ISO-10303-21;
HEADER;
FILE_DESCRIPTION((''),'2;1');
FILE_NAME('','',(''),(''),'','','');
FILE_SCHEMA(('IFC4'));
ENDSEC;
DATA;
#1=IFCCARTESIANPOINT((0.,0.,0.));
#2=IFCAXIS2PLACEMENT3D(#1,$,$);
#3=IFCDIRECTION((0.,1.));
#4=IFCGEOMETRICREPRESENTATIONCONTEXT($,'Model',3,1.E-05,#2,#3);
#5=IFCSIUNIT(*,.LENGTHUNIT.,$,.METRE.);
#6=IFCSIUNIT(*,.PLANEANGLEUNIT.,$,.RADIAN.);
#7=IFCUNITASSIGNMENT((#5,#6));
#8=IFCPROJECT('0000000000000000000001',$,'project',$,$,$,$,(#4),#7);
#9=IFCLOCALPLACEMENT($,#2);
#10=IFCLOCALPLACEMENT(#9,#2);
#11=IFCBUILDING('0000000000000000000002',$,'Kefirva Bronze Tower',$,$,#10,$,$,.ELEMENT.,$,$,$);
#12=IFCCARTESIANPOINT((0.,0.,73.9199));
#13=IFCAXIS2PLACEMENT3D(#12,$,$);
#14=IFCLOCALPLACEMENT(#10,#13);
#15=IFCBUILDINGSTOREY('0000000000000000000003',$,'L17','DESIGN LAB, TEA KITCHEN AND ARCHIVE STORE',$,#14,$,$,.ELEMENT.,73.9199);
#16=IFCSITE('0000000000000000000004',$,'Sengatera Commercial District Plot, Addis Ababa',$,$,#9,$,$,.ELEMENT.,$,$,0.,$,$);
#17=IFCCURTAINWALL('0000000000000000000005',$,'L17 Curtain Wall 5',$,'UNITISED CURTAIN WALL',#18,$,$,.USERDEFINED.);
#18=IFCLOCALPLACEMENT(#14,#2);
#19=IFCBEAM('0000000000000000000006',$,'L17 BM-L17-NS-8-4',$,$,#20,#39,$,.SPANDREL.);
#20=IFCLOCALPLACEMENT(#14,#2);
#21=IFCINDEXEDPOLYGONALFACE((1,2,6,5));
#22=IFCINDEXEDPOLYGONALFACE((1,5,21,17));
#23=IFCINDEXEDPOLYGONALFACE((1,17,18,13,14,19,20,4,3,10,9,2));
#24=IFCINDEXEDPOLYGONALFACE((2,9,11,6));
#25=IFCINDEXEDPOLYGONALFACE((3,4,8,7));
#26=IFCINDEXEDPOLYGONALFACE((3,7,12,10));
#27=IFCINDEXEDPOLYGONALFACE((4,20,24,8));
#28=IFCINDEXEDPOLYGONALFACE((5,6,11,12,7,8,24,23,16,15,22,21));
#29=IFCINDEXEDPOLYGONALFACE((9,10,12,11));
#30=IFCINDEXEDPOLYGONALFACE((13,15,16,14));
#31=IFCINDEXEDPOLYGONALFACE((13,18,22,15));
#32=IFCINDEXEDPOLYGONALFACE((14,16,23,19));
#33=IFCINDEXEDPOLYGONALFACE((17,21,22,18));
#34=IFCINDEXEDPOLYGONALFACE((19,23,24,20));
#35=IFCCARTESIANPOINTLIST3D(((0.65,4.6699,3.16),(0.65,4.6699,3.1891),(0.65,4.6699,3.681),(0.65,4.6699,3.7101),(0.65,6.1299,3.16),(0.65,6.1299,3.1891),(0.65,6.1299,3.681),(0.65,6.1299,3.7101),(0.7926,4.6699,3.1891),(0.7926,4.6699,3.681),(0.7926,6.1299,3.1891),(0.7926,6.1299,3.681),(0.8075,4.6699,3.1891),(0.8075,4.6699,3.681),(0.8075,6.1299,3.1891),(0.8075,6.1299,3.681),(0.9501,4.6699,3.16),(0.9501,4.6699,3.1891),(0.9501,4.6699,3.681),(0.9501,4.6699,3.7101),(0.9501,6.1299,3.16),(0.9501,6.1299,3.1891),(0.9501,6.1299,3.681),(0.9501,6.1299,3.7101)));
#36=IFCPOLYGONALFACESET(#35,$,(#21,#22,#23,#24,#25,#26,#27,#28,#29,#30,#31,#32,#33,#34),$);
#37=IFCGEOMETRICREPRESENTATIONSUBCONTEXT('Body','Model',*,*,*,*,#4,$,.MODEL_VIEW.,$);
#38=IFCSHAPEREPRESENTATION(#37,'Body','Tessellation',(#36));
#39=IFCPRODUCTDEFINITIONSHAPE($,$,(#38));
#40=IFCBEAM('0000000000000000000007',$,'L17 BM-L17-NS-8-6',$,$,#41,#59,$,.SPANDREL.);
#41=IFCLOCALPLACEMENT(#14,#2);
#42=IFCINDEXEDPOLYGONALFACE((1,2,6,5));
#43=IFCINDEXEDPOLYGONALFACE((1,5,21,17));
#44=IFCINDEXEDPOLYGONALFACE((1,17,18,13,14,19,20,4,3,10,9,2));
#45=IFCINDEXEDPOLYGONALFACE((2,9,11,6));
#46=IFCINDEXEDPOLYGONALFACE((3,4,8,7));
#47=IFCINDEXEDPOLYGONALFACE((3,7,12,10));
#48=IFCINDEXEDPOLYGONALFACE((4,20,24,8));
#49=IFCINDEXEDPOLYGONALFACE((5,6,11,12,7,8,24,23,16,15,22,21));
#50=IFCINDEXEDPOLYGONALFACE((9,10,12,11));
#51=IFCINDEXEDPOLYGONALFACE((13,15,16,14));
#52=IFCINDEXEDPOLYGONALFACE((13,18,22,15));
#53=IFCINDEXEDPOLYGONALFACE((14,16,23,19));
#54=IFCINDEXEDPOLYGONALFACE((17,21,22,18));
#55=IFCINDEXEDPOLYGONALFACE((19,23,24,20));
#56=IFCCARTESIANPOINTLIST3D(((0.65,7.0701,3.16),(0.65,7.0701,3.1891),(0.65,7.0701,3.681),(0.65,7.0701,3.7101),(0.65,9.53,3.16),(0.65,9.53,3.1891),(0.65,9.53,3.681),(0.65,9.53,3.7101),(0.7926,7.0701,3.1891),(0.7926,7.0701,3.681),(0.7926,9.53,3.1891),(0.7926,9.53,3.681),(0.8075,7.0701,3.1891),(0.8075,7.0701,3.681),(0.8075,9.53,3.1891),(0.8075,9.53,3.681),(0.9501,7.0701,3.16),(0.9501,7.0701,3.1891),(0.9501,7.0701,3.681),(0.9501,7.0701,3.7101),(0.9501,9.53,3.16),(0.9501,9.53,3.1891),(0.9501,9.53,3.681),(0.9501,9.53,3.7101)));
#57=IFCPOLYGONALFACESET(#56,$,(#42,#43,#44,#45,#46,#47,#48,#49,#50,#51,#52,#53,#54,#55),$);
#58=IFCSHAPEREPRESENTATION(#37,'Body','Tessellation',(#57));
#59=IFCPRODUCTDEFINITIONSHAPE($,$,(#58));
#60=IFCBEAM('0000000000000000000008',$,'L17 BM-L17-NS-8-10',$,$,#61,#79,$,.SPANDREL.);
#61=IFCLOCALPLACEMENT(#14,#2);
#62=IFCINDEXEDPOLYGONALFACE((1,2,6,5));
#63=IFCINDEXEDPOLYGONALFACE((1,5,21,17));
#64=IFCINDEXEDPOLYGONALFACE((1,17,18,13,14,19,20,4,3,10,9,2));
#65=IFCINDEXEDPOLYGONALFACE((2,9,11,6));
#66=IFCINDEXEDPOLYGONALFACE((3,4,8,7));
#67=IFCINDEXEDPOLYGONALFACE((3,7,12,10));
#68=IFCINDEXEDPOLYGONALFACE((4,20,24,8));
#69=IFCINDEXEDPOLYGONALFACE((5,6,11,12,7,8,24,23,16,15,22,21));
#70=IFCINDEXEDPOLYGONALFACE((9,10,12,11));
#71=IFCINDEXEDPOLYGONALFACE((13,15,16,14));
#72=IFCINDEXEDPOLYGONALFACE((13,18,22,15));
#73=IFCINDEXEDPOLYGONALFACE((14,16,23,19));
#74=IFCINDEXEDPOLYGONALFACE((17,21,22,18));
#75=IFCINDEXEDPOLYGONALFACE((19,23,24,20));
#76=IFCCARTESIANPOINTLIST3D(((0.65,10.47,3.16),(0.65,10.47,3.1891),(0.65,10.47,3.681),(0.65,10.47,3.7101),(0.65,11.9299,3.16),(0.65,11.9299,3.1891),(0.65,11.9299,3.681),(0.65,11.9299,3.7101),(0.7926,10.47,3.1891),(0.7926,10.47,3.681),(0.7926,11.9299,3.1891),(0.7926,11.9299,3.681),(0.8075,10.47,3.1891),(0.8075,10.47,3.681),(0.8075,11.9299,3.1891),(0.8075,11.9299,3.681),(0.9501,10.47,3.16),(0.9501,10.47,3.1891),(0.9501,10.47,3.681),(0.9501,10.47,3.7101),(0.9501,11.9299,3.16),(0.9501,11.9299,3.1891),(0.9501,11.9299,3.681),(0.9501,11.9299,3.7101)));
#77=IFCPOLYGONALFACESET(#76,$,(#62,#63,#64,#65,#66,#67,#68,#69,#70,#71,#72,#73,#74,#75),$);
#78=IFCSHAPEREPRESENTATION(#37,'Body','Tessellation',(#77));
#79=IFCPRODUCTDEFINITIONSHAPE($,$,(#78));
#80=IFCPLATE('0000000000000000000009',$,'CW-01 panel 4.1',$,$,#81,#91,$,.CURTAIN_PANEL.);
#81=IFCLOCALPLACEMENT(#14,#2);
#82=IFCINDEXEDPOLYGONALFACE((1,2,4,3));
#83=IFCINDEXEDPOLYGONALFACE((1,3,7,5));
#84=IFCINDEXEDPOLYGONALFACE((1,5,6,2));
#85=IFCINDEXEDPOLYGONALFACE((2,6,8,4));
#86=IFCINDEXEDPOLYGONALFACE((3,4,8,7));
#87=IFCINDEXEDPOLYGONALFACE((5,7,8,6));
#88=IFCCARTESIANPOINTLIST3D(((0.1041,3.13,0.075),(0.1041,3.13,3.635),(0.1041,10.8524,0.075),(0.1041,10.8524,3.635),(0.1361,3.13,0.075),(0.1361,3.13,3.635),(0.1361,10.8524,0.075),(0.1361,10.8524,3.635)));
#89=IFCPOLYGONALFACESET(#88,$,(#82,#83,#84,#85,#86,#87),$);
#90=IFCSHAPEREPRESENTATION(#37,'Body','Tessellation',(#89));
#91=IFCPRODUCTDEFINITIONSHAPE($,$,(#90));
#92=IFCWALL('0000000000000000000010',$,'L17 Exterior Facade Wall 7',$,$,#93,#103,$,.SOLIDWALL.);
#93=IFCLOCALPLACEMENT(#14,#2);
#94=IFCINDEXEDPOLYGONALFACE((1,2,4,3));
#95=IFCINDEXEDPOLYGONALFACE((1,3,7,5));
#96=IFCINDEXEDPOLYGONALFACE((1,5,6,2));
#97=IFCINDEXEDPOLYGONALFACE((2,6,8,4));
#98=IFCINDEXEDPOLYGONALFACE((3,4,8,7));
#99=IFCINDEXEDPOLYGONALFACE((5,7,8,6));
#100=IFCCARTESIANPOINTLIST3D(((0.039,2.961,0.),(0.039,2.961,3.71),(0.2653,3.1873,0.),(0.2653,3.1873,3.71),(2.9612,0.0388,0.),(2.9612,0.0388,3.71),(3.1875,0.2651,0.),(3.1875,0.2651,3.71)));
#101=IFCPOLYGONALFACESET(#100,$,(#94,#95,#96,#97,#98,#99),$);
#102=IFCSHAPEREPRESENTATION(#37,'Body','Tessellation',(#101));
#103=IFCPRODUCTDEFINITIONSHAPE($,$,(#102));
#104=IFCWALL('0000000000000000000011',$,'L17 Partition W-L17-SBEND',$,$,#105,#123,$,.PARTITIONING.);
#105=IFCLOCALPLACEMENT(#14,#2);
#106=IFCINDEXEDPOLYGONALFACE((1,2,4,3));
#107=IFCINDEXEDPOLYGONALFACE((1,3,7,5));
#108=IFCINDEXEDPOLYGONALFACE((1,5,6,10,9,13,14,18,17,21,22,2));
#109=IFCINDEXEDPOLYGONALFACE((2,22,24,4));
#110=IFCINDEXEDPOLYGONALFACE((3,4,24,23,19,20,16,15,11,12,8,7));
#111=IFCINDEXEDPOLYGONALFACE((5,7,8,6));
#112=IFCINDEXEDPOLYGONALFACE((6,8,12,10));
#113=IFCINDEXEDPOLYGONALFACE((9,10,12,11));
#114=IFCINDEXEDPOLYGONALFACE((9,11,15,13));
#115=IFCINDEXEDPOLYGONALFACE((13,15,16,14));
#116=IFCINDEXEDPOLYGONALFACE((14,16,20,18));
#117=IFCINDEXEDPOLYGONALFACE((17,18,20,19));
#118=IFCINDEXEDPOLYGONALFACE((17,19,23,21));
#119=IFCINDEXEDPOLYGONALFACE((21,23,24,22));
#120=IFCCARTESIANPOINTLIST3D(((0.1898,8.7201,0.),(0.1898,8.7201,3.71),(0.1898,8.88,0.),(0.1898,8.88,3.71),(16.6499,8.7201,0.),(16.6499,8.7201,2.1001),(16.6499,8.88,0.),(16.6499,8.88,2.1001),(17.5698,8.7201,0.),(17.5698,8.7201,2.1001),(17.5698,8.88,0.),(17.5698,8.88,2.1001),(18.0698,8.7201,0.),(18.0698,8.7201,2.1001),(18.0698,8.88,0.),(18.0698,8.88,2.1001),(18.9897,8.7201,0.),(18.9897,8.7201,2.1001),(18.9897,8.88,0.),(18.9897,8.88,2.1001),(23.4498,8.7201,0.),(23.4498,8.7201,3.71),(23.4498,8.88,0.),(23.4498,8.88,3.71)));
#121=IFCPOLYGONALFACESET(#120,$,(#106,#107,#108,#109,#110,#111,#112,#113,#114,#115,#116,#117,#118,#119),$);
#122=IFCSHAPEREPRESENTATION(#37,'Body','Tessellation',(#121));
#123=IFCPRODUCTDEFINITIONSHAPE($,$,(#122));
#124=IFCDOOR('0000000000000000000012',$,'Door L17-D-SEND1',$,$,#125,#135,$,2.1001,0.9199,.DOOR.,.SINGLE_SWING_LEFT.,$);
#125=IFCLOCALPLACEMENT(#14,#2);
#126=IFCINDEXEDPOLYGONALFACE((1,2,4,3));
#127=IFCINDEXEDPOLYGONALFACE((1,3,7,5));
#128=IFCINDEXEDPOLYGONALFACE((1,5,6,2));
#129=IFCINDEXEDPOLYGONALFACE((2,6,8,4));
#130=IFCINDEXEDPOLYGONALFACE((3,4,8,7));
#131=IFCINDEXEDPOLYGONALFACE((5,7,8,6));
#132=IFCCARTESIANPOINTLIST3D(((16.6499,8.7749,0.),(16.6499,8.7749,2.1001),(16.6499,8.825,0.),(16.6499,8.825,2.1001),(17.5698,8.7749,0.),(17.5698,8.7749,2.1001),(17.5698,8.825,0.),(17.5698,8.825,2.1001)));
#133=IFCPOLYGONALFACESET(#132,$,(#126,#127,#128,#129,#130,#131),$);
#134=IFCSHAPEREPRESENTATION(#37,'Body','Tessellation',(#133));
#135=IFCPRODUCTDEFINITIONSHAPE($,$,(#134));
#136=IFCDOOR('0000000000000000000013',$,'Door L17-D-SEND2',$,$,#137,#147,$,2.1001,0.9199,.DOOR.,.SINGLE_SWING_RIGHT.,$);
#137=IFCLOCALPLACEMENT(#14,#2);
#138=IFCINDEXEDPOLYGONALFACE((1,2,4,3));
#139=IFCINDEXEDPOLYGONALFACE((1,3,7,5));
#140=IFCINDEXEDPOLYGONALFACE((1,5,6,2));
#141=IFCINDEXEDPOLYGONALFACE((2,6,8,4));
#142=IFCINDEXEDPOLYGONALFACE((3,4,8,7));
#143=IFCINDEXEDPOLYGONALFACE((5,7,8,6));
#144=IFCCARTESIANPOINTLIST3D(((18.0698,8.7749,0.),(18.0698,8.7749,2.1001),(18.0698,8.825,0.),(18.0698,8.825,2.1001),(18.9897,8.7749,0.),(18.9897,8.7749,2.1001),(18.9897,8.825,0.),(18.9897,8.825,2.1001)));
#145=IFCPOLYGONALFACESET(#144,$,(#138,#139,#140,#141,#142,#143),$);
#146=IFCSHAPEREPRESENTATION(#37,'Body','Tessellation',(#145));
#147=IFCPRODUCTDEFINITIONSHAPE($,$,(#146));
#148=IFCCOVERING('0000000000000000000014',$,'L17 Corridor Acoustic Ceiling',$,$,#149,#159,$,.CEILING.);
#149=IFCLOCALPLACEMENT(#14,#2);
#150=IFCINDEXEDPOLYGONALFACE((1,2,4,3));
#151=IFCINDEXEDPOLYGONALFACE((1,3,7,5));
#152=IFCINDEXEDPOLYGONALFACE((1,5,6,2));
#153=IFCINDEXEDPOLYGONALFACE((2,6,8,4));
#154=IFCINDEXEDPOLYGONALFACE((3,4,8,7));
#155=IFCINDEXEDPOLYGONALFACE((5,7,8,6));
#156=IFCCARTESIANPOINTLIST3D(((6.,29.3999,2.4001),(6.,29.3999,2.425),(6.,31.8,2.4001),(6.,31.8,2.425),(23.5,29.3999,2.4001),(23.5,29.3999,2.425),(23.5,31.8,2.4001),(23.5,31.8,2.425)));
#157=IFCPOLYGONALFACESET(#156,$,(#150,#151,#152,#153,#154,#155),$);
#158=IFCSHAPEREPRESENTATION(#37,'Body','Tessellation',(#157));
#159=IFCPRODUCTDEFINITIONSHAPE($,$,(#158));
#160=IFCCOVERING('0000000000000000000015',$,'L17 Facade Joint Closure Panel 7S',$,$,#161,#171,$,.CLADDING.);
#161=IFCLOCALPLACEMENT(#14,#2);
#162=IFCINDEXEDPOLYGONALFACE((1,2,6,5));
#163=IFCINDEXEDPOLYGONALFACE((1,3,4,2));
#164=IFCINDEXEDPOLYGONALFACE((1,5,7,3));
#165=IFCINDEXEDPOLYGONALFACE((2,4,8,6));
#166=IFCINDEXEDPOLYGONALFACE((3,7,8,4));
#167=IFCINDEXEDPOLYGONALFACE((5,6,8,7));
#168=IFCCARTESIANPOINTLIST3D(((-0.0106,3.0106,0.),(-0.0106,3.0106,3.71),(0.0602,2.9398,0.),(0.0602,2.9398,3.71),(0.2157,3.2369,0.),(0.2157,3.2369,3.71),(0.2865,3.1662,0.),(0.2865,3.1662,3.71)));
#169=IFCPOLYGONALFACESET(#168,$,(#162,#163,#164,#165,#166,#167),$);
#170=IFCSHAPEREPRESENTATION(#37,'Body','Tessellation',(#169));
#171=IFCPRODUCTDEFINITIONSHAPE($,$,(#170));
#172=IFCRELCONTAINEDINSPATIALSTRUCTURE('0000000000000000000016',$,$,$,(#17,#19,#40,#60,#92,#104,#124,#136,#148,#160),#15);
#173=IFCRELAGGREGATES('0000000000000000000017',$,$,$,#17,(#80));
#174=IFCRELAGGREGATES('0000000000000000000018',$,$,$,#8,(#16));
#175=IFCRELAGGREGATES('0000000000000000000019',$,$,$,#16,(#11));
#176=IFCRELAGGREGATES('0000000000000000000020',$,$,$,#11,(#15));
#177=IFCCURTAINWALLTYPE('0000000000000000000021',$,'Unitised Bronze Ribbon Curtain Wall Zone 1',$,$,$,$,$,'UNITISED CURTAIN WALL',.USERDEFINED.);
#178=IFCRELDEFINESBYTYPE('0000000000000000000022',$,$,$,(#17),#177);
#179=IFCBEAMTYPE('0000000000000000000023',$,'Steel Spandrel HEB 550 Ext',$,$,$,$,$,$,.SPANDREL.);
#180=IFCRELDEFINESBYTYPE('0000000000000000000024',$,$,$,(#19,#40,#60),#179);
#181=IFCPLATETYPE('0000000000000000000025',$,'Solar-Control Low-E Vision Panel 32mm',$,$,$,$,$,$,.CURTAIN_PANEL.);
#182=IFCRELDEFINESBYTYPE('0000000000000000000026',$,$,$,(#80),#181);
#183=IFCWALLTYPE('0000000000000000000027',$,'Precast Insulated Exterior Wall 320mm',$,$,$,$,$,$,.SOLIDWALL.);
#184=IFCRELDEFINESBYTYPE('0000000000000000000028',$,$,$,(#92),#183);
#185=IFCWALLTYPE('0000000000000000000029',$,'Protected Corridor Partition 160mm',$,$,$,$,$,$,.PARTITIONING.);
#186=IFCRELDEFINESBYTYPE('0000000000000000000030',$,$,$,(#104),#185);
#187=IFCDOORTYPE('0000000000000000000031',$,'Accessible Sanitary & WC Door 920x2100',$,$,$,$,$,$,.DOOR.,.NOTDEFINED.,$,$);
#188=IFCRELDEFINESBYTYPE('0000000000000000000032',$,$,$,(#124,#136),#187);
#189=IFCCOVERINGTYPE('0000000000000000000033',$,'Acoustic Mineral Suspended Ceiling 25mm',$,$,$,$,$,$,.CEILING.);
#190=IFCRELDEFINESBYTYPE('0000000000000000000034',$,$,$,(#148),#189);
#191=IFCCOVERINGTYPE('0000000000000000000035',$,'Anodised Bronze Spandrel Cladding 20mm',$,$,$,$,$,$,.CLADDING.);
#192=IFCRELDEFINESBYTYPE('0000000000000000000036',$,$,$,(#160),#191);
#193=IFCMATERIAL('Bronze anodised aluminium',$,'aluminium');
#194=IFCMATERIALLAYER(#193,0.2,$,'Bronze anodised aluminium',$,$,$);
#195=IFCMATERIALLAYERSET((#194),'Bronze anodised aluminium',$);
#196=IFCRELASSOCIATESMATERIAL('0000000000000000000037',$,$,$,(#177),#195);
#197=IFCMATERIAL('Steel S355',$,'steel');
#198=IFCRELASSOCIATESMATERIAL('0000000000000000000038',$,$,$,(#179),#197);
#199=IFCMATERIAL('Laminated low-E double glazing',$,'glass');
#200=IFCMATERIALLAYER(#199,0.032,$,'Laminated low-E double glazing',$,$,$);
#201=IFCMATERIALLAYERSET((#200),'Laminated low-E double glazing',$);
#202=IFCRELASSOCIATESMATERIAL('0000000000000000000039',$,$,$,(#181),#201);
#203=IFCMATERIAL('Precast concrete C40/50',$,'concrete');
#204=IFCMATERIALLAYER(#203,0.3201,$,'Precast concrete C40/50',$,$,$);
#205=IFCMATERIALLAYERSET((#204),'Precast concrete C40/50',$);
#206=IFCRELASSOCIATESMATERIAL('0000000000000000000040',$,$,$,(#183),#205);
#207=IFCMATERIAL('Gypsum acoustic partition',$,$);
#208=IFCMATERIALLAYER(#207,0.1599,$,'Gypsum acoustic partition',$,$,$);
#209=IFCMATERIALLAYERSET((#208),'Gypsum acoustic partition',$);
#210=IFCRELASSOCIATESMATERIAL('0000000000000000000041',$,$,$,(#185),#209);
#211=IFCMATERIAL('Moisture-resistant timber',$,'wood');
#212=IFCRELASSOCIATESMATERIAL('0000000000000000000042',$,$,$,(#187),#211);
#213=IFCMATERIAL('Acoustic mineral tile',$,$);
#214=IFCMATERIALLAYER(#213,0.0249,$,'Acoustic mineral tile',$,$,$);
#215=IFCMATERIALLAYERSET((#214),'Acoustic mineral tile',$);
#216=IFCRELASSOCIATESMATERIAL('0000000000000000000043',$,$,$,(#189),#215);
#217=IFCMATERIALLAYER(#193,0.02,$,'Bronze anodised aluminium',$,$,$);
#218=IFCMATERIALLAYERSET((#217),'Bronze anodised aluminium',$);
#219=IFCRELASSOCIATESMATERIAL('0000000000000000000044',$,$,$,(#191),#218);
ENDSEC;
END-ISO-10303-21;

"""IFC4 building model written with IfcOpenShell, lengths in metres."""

from ifc_helpers import new_model, si_unit, direction, frame, frame_2d, origin, origin_2d, place, context, subcontext, project, spatial, polyline, rectangle, i_section, outline, extrude, material, layer, layer_set, material_profile, profile_set, type_object, element, fill, aggregate, save


model = new_model("IFC4")

# Units and contexts
model_context = context("Model", 3, precision=1e-05, world=origin(), true_north=direction((0.0, 1.0)))
body_context = subcontext(model_context, "Body", "Model", "MODEL_VIEW")
ifc_project = project(units=[si_unit("LENGTHUNIT", "METRE"), si_unit("PLANEANGLEUNIT", "RADIAN")], contexts=[model_context])

# Site, building, storey
site_placement = place(None, origin())
site = spatial("IfcSite", under=ifc_project, at=site_placement, Name="Sengatera Commercial District Plot, Addis Ababa", CompositionType="ELEMENT", RefElevation=0.0)
building_placement = place(site_placement, origin())
building = spatial("IfcBuilding", under=site, at=building_placement, Name="Kefirva Bronze Tower", CompositionType="ELEMENT")
storey_placement = place(building_placement, frame((0.0, 0.0, 73.9199)))
storey = spatial("IfcBuildingStorey", under=building, at=storey_placement, Name="L17", Description="DESIGN LAB, TEA KITCHEN AND ARCHIVE STORE", CompositionType="ELEMENT", Elevation=73.9199)

# Curtain wall
ifc_material_1 = material(Name="Bronze anodised aluminium", Category="aluminium")
ifc_layer_1 = layer(ifc_material_1, 0.2, Name="Bronze anodised aluminium")
ifc_layer_set_1 = layer_set([ifc_layer_1], Name="Bronze anodised aluminium")
curtain_wall_type = type_object("IfcCurtainWallType", Name="Unitised Bronze Ribbon Curtain Wall Zone 1", ElementType="UNITISED CURTAIN WALL", PredefinedType="USERDEFINED", material=ifc_layer_set_1)
curtain_wall_placement = place(storey_placement, origin())
curtain_wall = element("IfcCurtainWall", 1, at=curtain_wall_placement, inside=storey, type_object=curtain_wall_type, Name="L17 Curtain Wall 5", ObjectType="UNITISED CURTAIN WALL", PredefinedType="USERDEFINED")

# Beams
ifc_material_2 = material(Name="Steel S355", Category="steel")
ifc_material_profile_1 = material_profile(ifc_material_2, i_section(OverallWidth=0.3, OverallDepth=0.55, WebThickness=0.0149, FlangeThickness=0.0291, at=origin_2d()), Name="HEB 550")
ifc_profile_set_1 = profile_set([ifc_material_profile_1], Name="Steel S355")
beam_type_1 = type_object("IfcBeamType", Name="Steel Spandrel HEB 550 Ext", PredefinedType="SPANDREL", material=ifc_profile_set_1)
beam_1_placement = place(storey_placement, frame((0.8, 4.6699, 3.4351), z_axis=(0.0, 1.0, 0.0), x_axis=(-1.0, 0.0, 0.0)))
element("IfcBeam", 2, at=beam_1_placement, inside=storey, type_object=beam_type_1, Name="L17 BM-L17-NS-8-4", PredefinedType="SPANDREL", context=body_context, shape_type="SweptSolid", body=[
    extrude(i_section(OverallWidth=0.3, OverallDepth=0.55, WebThickness=0.0149, FlangeThickness=0.0291, at=origin_2d()), origin(), (0.0, 0.0, 1.0), 1.46),
])
beam_2_placement = place(storey_placement, frame((0.8, 7.0701, 3.4351), z_axis=(0.0, 1.0, 0.0), x_axis=(-1.0, 0.0, 0.0)))
element("IfcBeam", 3, at=beam_2_placement, inside=storey, type_object=beam_type_1, Name="L17 BM-L17-NS-8-6", PredefinedType="SPANDREL", context=body_context, shape_type="SweptSolid", body=[
    extrude(i_section(OverallWidth=0.3, OverallDepth=0.55, WebThickness=0.0149, FlangeThickness=0.0291, at=origin_2d()), origin(), (0.0, 0.0, 1.0), 2.46),
])
beam_3_placement = place(storey_placement, frame((0.8, 10.47, 3.4351), z_axis=(0.0, 1.0, 0.0), x_axis=(-1.0, 0.0, 0.0)))
element("IfcBeam", 4, at=beam_3_placement, inside=storey, type_object=beam_type_1, Name="L17 BM-L17-NS-8-10", PredefinedType="SPANDREL", context=body_context, shape_type="SweptSolid", body=[
    extrude(i_section(OverallWidth=0.3, OverallDepth=0.55, WebThickness=0.0149, FlangeThickness=0.0291, at=origin_2d()), origin(), (0.0, 0.0, 1.0), 1.46),
])

# Plate
ifc_material_3 = material(Name="Laminated low-E double glazing", Category="glass")
ifc_layer_2 = layer(ifc_material_3, 0.032, Name="Laminated low-E double glazing")
ifc_layer_set_2 = layer_set([ifc_layer_2], Name="Laminated low-E double glazing")
plate_type = type_object("IfcPlateType", Name="Solar-Control Low-E Vision Panel 32mm", PredefinedType="CURTAIN_PANEL", material=ifc_layer_set_2)
plate_placement = place(storey_placement, frame((0.1201, 6.9912, 0.075), z_axis=(0.0, 0.0, 1.0), x_axis=(0.0, -1.0, 0.0)))
plate = element("IfcPlate", 5, at=plate_placement, type_object=plate_type, Name="CW-01 panel 4.1", PredefinedType="CURTAIN_PANEL", context=body_context, shape_type="SweptSolid", body=[
    extrude(rectangle(XDim=7.7224, YDim=0.032, at=origin_2d()), origin(), (0.0, 0.0, 1.0), 3.5601),
])
aggregate(curtain_wall, [plate])

# Wall
ifc_material_4 = material(Name="Precast concrete C40/50", Category="concrete")
ifc_layer_3 = layer(ifc_material_4, 0.3201, Name="Precast concrete C40/50")
ifc_layer_set_3 = layer_set([ifc_layer_3], Name="Precast concrete C40/50")
wall_type_1 = type_object("IfcWallType", Name="Precast Insulated Exterior Wall 320mm", PredefinedType="SOLIDWALL", material=ifc_layer_set_3)
wall_1_placement = place(storey_placement, frame((0.1521, 3.0742, 0.0), z_axis=(0.0, 0.0, 1.0), x_axis=(0.707107, -0.707107, 0.0)))
element("IfcWall", 6, at=wall_1_placement, inside=storey, type_object=wall_type_1, Name="L17 Exterior Facade Wall 7", PredefinedType="SOLIDWALL", context=body_context, shape_type="SweptSolid", body=[
    extrude(rectangle(XDim=4.1326, YDim=0.3201, at=frame_2d((2.0664, 0.0))), origin(), (0.0, 0.0, 1.0), 3.71),
])

# Wall, openings, doors
ifc_material_5 = material(Name="Gypsum acoustic partition")
ifc_layer_4 = layer(ifc_material_5, 0.1599, Name="Gypsum acoustic partition")
ifc_layer_set_4 = layer_set([ifc_layer_4], Name="Gypsum acoustic partition")
wall_type_2 = type_object("IfcWallType", Name="Protected Corridor Partition 160mm", PredefinedType="PARTITIONING", material=ifc_layer_set_4)
wall_2_placement = place(storey_placement, frame((0.1899, 8.8, 0.0), z_axis=(0.0, 0.0, 1.0), x_axis=(1.0, 0.0, 0.0)))
wall_2 = element("IfcWall", 7, at=wall_2_placement, inside=storey, type_object=wall_type_2, Name="L17 Partition W-L17-SBEND", PredefinedType="PARTITIONING", context=body_context, shape_type="SweptSolid", body=[
    extrude(rectangle(XDim=23.26, YDim=0.1599, at=frame_2d((11.6299, 0.0))), origin(), (0.0, 0.0, 1.0), 3.71),
])
opening_1_placement = place(wall_2_placement, frame((16.46, 0.0, 0.0)))
opening_1 = element("IfcOpeningElement", 8, at=opening_1_placement, cuts=wall_2, PredefinedType="OPENING", context=body_context, shape_type="SweptSolid", body=[
    extrude(rectangle(XDim=0.9199, YDim=2.1001, at=frame_2d((0.46, 1.05))), frame((0.0, 0.0898, 0.0), z_axis=(0.0, -1.0, 0.0), x_axis=(1.0, 0.0, 0.0)), (0.0, 0.0, 1.0), 0.1799),
])
opening_2_placement = place(wall_2_placement, frame((17.8799, 0.0, 0.0)))
opening_2 = element("IfcOpeningElement", 9, at=opening_2_placement, cuts=wall_2, PredefinedType="OPENING", context=body_context, shape_type="SweptSolid", body=[
    extrude(rectangle(XDim=0.9199, YDim=2.1001, at=frame_2d((0.46, 1.05))), frame((0.0, 0.0898, 0.0), z_axis=(0.0, -1.0, 0.0), x_axis=(1.0, 0.0, 0.0)), (0.0, 0.0, 1.0), 0.1799),
])
ifc_material_6 = material(Name="Moisture-resistant timber", Category="wood")
door_type = type_object("IfcDoorType", Name="Accessible Sanitary & WC Door 920x2100", OperationType="NOTDEFINED", PredefinedType="DOOR", material=ifc_material_6)
door_1_placement = place(opening_1_placement, origin())
door_1 = element("IfcDoor", 10, at=door_1_placement, inside=storey, type_object=door_type, Name="Door L17-D-SEND1", OperationType="SINGLE_SWING_LEFT", OverallHeight=2.1001, OverallWidth=0.9199, PredefinedType="DOOR", context=body_context, shape_type="SweptSolid", body=[
    extrude(rectangle(XDim=0.9199, YDim=2.1001, at=frame_2d((0.46, 1.05))), frame((0.0, 0.0249, 0.0), z_axis=(0.0, -1.0, 0.0), x_axis=(1.0, 0.0, 0.0)), (0.0, 0.0, 1.0), 0.05),
])
fill(opening_1, door_1)
door_2_placement = place(opening_2_placement, origin())
door_2 = element("IfcDoor", 11, at=door_2_placement, inside=storey, type_object=door_type, Name="Door L17-D-SEND2", OperationType="SINGLE_SWING_RIGHT", OverallHeight=2.1001, OverallWidth=0.9199, PredefinedType="DOOR", context=body_context, shape_type="SweptSolid", body=[
    extrude(rectangle(XDim=0.9199, YDim=2.1001, at=frame_2d((0.46, 1.05))), frame((0.0, 0.0249, 0.0), z_axis=(0.0, -1.0, 0.0), x_axis=(1.0, 0.0, 0.0)), (0.0, 0.0, 1.0), 0.05),
])
fill(opening_2, door_2)

# Coverings
ifc_material_7 = material(Name="Acoustic mineral tile")
ifc_layer_5 = layer(ifc_material_7, 0.0249, Name="Acoustic mineral tile")
ifc_layer_set_5 = layer_set([ifc_layer_5], Name="Acoustic mineral tile")
covering_type_1 = type_object("IfcCoveringType", Name="Acoustic Mineral Suspended Ceiling 25mm", PredefinedType="CEILING", material=ifc_layer_set_5)
covering_1_placement = place(storey_placement, frame((0.0, 0.0, 2.4001)))
element("IfcCovering", 12, at=covering_1_placement, inside=storey, type_object=covering_type_1, Name="L17 Corridor Acoustic Ceiling", PredefinedType="CEILING", context=body_context, shape_type="SweptSolid", body=[
    extrude(outline(polyline([(6.0, 29.3999), (23.5, 29.3999), (23.5, 31.8), (6.0, 31.8), (6.0, 29.3999)])), origin(), (0.0, 0.0, 1.0), 0.0249),
])
ifc_layer_6 = layer(ifc_material_1, 0.02, Name="Bronze anodised aluminium")
ifc_layer_set_6 = layer_set([ifc_layer_6], Name="Bronze anodised aluminium")
covering_type_2 = type_object("IfcCoveringType", Name="Anodised Bronze Spandrel Cladding 20mm", PredefinedType="CLADDING", material=ifc_layer_set_6)
covering_2_placement = place(storey_placement, frame((0.1379, 3.0884, 0.0), z_axis=(0.0, 0.0, 1.0), x_axis=(0.707107, -0.707107, 0.0)))
element("IfcCovering", 13, at=covering_2_placement, inside=storey, type_object=covering_type_2, Name="L17 Facade Joint Closure Panel 7S", PredefinedType="CLADDING", context=body_context, shape_type="SweptSolid", body=[
    extrude(rectangle(XDim=0.1001, YDim=0.3201, at=origin_2d()), origin(), (0.0, 0.0, 1.0), 3.71),
])

save(model, "model.ifc")
